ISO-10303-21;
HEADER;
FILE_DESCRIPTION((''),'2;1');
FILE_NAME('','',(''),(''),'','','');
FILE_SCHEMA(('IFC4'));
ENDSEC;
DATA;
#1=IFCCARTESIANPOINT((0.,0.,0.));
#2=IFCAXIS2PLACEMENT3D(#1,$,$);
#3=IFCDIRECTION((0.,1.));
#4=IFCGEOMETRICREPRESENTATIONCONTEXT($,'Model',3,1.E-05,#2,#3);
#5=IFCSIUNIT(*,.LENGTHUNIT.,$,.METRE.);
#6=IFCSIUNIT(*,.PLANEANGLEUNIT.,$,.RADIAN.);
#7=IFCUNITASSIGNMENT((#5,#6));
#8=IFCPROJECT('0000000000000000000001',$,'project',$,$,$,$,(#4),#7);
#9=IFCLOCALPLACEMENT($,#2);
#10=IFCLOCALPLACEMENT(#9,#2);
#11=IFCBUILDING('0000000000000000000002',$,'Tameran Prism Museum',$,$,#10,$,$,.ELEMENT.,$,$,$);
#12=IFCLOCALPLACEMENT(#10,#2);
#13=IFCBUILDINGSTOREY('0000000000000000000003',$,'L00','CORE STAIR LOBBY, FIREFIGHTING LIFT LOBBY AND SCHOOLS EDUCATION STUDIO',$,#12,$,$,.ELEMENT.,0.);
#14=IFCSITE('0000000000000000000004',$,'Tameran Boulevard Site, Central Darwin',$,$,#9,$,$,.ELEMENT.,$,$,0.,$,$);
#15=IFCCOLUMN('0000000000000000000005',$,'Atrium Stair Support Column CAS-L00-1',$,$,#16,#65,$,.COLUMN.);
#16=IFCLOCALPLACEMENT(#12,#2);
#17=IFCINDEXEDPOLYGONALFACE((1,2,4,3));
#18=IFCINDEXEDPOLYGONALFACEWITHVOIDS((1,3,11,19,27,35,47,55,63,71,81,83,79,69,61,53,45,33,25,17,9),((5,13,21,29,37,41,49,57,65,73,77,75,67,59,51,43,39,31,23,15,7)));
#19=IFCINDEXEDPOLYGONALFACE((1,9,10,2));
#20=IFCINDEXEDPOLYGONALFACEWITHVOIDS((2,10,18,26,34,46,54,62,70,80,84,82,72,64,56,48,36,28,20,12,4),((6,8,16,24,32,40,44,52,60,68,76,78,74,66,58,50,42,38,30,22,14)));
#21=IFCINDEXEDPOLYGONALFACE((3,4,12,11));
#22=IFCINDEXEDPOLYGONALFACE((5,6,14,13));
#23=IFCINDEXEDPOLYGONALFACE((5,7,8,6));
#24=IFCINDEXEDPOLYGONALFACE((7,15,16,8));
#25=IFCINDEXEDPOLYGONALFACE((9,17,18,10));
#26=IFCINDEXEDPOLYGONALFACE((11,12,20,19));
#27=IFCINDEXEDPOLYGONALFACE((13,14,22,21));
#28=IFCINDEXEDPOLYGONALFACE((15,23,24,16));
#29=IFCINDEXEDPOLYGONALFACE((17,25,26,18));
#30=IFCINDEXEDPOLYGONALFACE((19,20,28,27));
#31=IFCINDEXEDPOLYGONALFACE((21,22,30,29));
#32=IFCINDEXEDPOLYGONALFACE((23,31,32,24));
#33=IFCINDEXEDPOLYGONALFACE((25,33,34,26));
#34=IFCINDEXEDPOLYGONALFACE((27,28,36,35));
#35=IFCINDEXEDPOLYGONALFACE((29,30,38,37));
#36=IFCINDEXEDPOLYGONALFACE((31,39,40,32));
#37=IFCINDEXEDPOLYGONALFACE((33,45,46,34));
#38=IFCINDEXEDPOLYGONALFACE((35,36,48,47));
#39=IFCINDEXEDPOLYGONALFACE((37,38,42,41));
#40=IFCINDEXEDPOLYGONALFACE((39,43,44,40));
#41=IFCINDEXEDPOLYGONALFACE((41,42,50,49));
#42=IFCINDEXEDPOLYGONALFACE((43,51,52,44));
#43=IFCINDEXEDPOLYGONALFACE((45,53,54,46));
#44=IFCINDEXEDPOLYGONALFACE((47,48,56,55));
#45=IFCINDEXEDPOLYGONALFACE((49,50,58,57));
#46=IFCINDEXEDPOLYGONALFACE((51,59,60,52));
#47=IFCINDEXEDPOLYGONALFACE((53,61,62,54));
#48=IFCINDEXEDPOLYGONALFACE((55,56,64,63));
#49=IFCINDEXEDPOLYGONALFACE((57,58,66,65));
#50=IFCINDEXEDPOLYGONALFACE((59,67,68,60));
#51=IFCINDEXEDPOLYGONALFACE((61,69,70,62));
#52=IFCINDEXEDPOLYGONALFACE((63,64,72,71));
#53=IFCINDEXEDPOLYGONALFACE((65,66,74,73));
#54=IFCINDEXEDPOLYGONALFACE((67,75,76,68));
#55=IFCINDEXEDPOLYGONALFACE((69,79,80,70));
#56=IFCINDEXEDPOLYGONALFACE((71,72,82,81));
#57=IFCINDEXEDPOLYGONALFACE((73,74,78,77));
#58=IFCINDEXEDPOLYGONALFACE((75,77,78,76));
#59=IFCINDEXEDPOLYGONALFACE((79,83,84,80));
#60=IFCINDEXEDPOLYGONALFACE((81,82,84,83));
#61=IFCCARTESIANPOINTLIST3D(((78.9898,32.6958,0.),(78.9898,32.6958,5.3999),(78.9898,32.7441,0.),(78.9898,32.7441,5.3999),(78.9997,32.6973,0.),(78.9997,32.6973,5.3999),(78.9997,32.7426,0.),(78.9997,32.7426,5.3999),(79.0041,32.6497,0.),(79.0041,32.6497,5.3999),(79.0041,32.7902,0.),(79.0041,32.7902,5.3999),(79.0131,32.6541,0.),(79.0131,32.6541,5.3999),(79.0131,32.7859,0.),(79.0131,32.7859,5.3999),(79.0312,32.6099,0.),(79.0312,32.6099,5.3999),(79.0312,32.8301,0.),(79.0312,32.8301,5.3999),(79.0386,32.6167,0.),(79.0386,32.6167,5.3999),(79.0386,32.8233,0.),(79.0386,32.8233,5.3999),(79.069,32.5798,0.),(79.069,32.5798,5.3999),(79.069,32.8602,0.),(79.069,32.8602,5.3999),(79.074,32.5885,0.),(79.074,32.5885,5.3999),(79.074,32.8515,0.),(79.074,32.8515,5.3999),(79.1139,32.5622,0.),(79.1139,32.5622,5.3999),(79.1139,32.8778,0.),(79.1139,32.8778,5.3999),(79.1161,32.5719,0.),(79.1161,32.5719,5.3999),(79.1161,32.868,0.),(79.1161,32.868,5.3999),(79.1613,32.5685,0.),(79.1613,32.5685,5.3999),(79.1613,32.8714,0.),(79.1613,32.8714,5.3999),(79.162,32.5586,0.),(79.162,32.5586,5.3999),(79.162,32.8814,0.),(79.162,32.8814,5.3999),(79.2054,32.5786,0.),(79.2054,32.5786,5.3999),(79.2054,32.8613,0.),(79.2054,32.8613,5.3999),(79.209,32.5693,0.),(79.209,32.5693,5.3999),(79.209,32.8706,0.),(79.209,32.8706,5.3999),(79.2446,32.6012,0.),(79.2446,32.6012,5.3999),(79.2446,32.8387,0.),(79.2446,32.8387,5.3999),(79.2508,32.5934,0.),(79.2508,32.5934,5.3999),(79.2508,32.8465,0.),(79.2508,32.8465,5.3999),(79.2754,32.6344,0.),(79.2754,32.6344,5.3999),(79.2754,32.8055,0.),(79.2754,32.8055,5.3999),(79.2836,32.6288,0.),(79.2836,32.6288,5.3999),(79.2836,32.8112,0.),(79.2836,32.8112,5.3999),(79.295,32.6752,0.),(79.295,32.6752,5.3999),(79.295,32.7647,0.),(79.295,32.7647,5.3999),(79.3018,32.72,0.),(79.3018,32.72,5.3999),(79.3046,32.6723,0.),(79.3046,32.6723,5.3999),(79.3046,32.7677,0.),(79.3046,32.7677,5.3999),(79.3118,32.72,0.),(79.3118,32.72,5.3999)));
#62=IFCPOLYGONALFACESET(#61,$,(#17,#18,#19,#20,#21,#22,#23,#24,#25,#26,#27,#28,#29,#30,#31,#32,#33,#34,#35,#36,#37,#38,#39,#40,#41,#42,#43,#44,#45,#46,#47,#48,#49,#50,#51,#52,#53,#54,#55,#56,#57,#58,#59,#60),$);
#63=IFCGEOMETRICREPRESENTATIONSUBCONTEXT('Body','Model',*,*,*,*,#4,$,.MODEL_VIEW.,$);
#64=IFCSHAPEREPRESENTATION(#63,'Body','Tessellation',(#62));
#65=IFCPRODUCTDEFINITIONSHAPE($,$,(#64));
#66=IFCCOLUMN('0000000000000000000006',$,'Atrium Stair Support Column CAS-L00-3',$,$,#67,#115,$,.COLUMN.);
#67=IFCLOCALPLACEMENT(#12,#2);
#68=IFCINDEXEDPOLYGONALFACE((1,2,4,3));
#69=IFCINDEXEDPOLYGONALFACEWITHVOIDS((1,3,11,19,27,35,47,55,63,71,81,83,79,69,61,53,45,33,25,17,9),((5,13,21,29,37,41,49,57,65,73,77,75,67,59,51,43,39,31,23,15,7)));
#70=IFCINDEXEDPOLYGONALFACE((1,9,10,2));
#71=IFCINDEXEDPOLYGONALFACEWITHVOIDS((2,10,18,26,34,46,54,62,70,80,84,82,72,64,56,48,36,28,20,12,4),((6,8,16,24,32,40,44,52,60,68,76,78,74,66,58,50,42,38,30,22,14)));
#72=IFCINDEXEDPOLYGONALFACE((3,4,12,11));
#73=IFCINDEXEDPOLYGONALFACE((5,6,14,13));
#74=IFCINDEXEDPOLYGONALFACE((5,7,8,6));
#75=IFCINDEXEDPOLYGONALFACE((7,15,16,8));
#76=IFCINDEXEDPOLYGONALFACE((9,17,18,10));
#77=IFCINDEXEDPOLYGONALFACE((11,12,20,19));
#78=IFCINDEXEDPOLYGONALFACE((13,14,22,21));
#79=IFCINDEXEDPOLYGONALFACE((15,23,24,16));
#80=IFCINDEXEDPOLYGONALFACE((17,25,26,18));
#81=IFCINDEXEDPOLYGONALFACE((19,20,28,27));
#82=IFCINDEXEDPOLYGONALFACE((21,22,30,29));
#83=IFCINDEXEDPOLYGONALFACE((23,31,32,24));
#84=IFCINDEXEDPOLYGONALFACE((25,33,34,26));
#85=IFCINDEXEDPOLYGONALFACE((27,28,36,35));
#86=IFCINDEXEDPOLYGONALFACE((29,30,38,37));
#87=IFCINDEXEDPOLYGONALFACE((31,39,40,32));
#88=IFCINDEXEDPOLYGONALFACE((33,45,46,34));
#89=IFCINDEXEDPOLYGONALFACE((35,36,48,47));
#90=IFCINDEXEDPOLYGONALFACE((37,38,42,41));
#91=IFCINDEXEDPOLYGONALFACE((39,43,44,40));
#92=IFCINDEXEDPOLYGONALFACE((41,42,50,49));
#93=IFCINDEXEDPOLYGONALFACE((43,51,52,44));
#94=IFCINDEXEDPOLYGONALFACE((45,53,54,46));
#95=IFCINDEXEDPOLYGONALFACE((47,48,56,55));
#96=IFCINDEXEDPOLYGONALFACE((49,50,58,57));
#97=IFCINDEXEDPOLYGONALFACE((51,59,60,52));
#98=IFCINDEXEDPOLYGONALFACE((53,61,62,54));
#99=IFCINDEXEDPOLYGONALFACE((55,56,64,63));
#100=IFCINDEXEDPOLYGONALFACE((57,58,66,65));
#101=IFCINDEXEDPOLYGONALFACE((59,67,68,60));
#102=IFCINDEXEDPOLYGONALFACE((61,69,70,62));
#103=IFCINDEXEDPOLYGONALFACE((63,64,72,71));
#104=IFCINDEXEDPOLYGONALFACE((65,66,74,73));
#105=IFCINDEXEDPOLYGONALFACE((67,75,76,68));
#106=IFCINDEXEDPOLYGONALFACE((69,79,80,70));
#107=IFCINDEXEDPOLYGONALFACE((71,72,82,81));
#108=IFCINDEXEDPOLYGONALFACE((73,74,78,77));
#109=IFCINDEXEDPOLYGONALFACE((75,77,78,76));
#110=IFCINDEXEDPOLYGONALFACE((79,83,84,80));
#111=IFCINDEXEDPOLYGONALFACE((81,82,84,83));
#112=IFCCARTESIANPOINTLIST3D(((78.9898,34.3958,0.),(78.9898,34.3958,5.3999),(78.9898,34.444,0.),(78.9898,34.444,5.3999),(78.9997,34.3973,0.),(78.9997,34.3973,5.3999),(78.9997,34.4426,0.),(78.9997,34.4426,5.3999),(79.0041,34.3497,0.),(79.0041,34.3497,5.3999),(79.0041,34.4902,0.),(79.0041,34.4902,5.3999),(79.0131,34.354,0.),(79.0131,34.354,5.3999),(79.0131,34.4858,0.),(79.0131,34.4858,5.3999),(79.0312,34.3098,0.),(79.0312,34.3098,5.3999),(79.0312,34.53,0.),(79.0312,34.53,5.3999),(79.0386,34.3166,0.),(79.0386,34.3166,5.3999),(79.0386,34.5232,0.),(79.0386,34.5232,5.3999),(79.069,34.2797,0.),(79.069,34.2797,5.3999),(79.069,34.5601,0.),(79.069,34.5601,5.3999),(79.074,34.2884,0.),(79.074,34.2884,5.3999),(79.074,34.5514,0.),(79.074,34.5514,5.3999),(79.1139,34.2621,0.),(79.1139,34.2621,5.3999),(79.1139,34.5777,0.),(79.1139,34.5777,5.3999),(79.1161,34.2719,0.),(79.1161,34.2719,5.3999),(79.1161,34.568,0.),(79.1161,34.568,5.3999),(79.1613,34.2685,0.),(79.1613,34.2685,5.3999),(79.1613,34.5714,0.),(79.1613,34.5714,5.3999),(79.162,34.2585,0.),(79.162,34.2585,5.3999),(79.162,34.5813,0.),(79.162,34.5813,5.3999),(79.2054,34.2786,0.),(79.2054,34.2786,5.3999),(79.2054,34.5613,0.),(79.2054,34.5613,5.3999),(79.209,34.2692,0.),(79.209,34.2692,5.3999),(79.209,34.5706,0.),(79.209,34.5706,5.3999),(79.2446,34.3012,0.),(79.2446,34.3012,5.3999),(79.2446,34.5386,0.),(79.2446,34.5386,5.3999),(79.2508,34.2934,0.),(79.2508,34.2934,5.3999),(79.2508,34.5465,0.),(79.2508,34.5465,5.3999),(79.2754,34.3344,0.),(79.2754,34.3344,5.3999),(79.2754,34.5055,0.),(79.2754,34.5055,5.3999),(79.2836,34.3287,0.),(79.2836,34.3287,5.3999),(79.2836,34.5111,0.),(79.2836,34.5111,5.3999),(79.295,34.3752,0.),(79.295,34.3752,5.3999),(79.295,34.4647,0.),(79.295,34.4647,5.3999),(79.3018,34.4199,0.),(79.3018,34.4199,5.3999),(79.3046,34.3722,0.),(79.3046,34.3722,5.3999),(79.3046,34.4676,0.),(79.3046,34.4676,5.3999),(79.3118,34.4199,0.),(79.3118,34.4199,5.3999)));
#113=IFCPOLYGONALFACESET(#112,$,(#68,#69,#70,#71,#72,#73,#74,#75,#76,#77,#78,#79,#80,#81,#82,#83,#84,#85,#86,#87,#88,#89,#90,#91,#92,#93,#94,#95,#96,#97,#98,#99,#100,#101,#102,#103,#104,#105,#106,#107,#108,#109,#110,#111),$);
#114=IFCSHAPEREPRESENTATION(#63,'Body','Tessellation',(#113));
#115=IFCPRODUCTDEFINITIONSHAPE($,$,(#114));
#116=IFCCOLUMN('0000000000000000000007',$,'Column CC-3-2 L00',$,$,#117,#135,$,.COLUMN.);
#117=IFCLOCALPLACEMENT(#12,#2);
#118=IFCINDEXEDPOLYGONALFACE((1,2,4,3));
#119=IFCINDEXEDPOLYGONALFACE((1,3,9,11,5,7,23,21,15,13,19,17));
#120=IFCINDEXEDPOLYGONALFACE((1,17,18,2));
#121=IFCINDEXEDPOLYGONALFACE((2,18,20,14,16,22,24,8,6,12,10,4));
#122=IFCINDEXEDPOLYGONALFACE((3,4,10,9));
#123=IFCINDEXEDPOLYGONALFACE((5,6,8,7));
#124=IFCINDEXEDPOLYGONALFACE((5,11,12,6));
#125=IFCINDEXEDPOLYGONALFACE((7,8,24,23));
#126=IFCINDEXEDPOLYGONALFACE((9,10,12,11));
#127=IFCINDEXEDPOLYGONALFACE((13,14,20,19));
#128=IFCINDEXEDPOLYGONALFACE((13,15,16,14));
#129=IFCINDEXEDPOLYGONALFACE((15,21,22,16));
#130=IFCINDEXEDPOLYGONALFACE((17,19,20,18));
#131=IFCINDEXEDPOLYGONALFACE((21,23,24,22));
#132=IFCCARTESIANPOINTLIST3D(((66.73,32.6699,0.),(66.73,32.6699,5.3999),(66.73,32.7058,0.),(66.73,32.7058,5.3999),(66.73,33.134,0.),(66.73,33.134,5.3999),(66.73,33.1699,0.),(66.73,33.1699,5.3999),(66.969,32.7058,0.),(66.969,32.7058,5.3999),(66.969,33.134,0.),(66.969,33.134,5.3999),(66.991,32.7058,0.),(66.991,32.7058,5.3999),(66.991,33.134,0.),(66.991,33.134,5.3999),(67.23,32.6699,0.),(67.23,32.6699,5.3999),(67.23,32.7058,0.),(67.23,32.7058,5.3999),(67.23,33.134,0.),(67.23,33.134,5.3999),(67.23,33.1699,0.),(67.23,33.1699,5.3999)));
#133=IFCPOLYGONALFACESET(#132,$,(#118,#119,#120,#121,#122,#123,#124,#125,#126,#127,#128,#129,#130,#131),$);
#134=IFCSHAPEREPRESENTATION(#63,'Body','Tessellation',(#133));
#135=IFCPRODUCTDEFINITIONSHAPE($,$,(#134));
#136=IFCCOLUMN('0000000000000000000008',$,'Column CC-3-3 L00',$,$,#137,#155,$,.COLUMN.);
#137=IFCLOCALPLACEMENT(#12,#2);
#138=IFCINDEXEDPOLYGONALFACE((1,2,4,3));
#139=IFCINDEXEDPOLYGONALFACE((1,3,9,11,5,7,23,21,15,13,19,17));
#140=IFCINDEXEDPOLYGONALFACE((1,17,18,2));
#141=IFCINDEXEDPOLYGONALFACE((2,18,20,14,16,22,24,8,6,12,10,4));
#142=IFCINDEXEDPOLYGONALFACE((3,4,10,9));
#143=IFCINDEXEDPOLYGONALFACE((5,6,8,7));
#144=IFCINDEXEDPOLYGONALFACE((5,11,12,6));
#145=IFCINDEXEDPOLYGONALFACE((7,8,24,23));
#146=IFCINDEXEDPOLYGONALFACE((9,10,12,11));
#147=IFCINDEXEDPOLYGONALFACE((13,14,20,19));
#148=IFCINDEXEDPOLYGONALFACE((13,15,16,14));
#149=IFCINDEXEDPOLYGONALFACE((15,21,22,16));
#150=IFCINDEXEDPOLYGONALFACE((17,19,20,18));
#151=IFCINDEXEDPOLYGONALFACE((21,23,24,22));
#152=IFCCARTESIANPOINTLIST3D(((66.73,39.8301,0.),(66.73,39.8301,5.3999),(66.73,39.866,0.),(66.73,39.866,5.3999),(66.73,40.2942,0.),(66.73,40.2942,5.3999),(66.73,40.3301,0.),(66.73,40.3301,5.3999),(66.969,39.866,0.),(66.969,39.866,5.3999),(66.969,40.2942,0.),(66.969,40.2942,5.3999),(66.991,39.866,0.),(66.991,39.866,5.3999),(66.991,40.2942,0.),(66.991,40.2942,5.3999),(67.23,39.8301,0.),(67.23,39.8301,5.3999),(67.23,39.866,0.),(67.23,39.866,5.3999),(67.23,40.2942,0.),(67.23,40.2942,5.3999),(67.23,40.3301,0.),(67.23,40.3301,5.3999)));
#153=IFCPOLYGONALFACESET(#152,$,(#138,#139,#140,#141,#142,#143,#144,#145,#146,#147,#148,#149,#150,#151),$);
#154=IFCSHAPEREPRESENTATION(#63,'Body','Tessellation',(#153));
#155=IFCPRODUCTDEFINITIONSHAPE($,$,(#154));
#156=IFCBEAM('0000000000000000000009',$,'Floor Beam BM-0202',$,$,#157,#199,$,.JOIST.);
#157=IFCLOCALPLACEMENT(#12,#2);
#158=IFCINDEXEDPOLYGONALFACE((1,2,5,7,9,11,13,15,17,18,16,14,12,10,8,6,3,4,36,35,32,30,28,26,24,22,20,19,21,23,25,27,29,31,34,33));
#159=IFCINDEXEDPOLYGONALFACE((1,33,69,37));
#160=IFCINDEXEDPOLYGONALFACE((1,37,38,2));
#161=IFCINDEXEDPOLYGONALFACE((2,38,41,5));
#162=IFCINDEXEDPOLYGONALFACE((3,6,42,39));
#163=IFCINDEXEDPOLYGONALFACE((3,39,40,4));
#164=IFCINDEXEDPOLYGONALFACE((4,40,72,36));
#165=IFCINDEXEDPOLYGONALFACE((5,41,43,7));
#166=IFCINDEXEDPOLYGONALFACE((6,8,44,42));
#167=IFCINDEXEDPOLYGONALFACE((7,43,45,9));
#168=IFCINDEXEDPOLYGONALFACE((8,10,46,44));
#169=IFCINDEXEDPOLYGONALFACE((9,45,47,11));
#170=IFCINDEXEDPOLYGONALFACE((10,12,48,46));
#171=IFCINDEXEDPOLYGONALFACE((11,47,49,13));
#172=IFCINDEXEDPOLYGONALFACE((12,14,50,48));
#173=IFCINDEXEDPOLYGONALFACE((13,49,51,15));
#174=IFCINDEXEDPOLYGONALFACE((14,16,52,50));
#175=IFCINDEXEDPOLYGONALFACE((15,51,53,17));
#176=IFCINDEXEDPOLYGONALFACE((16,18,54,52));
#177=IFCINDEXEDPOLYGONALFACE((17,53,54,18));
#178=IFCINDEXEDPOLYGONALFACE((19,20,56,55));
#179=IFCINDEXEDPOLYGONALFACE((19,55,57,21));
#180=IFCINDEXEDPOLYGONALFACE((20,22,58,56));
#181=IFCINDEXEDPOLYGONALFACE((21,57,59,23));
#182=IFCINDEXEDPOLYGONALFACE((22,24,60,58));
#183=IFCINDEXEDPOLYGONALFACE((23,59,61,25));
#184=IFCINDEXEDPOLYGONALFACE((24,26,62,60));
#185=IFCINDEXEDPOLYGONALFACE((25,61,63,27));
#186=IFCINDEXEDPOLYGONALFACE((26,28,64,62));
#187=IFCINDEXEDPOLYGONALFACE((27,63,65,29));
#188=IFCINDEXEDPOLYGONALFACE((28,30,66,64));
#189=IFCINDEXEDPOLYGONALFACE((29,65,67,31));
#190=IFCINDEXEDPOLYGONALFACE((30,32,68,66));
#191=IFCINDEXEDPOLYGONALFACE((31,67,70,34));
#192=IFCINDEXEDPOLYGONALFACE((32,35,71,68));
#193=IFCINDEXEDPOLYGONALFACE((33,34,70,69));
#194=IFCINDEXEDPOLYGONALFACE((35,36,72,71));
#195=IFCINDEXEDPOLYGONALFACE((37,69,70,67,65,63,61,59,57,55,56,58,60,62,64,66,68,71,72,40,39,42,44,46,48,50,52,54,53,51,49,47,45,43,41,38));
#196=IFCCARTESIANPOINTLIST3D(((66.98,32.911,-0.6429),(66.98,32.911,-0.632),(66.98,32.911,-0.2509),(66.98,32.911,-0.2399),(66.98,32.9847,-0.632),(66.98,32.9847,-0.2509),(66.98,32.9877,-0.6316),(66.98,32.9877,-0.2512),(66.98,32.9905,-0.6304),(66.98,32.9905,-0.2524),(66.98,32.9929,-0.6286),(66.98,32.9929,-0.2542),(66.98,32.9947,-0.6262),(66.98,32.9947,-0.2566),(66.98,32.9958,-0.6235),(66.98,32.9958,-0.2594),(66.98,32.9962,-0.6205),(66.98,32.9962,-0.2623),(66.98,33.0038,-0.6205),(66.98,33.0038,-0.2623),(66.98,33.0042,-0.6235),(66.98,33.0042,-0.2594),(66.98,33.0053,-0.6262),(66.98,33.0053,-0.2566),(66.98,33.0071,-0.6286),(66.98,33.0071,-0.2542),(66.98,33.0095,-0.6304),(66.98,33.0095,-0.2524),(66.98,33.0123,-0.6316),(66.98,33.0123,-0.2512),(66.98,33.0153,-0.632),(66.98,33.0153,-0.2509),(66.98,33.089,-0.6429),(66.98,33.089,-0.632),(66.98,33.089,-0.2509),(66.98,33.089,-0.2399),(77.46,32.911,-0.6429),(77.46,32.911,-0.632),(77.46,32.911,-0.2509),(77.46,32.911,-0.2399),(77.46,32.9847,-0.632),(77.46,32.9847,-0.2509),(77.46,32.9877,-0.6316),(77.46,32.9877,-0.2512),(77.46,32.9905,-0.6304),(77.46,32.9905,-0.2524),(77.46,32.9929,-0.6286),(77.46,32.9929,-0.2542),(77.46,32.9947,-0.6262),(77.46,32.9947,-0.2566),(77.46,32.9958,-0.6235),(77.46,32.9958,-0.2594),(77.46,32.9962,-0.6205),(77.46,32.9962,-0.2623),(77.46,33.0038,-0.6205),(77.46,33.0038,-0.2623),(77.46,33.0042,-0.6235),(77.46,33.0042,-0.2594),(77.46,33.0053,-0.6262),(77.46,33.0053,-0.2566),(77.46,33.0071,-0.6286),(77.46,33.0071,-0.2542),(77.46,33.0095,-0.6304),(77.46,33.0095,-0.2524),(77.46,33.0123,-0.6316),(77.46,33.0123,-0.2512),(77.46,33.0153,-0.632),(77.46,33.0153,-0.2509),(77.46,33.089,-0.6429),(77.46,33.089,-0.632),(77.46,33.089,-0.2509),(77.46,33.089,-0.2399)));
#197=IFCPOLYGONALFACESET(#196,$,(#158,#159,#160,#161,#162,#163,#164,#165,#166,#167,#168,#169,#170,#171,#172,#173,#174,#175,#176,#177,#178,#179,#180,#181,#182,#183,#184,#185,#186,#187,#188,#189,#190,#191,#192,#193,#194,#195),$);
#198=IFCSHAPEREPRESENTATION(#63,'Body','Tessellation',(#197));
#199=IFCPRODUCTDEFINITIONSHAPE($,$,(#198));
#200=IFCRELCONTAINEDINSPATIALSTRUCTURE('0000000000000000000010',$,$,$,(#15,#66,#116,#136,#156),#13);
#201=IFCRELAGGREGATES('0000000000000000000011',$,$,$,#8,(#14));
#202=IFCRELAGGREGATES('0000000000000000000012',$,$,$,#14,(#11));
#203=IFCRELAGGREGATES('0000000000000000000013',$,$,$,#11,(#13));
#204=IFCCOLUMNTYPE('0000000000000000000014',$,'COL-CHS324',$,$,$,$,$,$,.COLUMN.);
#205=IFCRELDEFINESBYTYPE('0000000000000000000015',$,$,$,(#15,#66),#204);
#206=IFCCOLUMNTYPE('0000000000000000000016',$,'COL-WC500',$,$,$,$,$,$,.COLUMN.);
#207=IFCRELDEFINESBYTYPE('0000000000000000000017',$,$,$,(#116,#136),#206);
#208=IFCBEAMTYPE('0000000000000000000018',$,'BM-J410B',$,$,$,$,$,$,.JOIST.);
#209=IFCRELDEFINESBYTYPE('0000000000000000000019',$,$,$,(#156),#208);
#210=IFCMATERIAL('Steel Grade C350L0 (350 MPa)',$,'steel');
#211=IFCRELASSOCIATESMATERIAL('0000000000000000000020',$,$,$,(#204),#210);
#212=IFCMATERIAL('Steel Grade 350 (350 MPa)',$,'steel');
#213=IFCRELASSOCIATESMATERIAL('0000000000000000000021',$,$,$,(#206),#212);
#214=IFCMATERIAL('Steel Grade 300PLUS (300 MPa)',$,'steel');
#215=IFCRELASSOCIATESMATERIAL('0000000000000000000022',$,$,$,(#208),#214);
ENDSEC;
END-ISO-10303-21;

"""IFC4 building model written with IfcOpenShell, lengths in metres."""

from ifc_helpers import new_model, si_unit, direction, frame, origin, origin_2d, place, context, subcontext, project, spatial, hollow_circle, i_section, extrude, material, material_profile, profile_set, type_object, element, save


model = new_model("IFC4")

# Units and contexts
model_context = context("Model", 3, precision=1e-05, world=origin(), true_north=direction((0.0, 1.0)))
body_context = subcontext(model_context, "Body", "Model", "MODEL_VIEW")
ifc_project = project(units=[si_unit("LENGTHUNIT", "METRE"), si_unit("PLANEANGLEUNIT", "RADIAN")], contexts=[model_context])

# Site, building, storey
site_placement = place(None, origin())
site = spatial("IfcSite", under=ifc_project, at=site_placement, Name="Tameran Boulevard Site, Central Darwin", CompositionType="ELEMENT", RefElevation=0.0)
building_placement = place(site_placement, origin())
building = spatial("IfcBuilding", under=site, at=building_placement, Name="Tameran Prism Museum", CompositionType="ELEMENT")
storey_placement = place(building_placement, origin())
storey = spatial("IfcBuildingStorey", under=building, at=storey_placement, Name="L00", Description="CORE STAIR LOBBY, FIREFIGHTING LIFT LOBBY AND SCHOOLS EDUCATION STUDIO", CompositionType="ELEMENT", Elevation=0.0)

# Columns
ifc_material_1 = material(Name="Steel Grade C350L0 (350 MPa)", Category="steel")
ifc_material_profile_1 = material_profile(ifc_material_1, hollow_circle(Radius=0.1619, WallThickness=0.01, at=origin_2d()))
ifc_profile_set_1 = profile_set([ifc_material_profile_1])
column_type_1 = type_object("IfcColumnType", Name="COL-CHS324", PredefinedType="COLUMN", material=ifc_profile_set_1)
for number, where, z_axis, x_axis, name in (
    (1, (79.1499, 32.72, 0.0), (0.0, 0.0, 1.0), (1.0, 0.0, 0.0), "Atrium Stair Support Column CAS-L00-1"),
    (2, (79.1499, 34.4199, 0.0), (0.0, 0.0, 1.0), (1.0, 0.0, 0.0), "Atrium Stair Support Column CAS-L00-3"),
):
    element("IfcColumn", number, at=place(storey_placement, frame(where, z_axis=z_axis, x_axis=x_axis)), inside=storey, type_object=column_type_1, Name=name, PredefinedType="COLUMN", context=body_context, shape_type="SweptSolid", body=[
        extrude(hollow_circle(Radius=0.1619, WallThickness=0.01, at=origin_2d()), origin(), (0.0, 0.0, 1.0), 5.3999),
    ])
ifc_material_2 = material(Name="Steel Grade 350 (350 MPa)", Category="steel")
ifc_material_profile_2 = material_profile(ifc_material_2, i_section(OverallWidth=0.5, OverallDepth=0.5, WebThickness=0.022, FlangeThickness=0.0359, at=origin_2d()))
ifc_profile_set_2 = profile_set([ifc_material_profile_2])
column_type_2 = type_object("IfcColumnType", Name="COL-WC500", PredefinedType="COLUMN", material=ifc_profile_set_2)
for number, where, z_axis, x_axis, name in (
    (3, (66.98, 32.9199, 0.0), (0.0, 0.0, 1.0), (1.0, 0.0, 0.0), "Column CC-3-2 L00"),
    (4, (66.98, 40.0801, 0.0), (0.0, 0.0, 1.0), (1.0, 0.0, 0.0), "Column CC-3-3 L00"),
):
    element("IfcColumn", number, at=place(storey_placement, frame(where, z_axis=z_axis, x_axis=x_axis)), inside=storey, type_object=column_type_2, Name=name, PredefinedType="COLUMN", context=body_context, shape_type="SweptSolid", body=[
        extrude(i_section(OverallWidth=0.5, OverallDepth=0.5, WebThickness=0.022, FlangeThickness=0.0359, at=origin_2d()), origin(), (0.0, 0.0, 1.0), 5.3999),
    ])

# Beam
ifc_material_3 = material(Name="Steel Grade 300PLUS (300 MPa)", Category="steel")
ifc_material_profile_3 = material_profile(ifc_material_3, i_section(OverallWidth=0.178, OverallDepth=0.4031, WebThickness=0.0076, FlangeThickness=0.011, FilletRadius=0.0115, at=origin_2d()))
ifc_profile_set_3 = profile_set([ifc_material_profile_3])
beam_type_1 = type_object("IfcBeamType", Name="BM-J410B", PredefinedType="JOIST", material=ifc_profile_set_3)
for number, where, z_axis, x_axis, name in (
    (5, (66.98, 33.0, -0.4414), (1.0, 0.0, 0.0), (0.0, 1.0, 0.0), "Floor Beam BM-0202"),
):
    element("IfcBeam", number, at=place(storey_placement, frame(where, z_axis=z_axis, x_axis=x_axis)), inside=storey, type_object=beam_type_1, Name=name, PredefinedType="JOIST", context=body_context, shape_type="SweptSolid", body=[
        extrude(i_section(OverallWidth=0.178, OverallDepth=0.4031, WebThickness=0.0076, FlangeThickness=0.011, FilletRadius=0.0115, at=origin_2d()), origin(), (0.0, 0.0, 1.0), 10.48),
    ])

save(model, "model.ifc")
